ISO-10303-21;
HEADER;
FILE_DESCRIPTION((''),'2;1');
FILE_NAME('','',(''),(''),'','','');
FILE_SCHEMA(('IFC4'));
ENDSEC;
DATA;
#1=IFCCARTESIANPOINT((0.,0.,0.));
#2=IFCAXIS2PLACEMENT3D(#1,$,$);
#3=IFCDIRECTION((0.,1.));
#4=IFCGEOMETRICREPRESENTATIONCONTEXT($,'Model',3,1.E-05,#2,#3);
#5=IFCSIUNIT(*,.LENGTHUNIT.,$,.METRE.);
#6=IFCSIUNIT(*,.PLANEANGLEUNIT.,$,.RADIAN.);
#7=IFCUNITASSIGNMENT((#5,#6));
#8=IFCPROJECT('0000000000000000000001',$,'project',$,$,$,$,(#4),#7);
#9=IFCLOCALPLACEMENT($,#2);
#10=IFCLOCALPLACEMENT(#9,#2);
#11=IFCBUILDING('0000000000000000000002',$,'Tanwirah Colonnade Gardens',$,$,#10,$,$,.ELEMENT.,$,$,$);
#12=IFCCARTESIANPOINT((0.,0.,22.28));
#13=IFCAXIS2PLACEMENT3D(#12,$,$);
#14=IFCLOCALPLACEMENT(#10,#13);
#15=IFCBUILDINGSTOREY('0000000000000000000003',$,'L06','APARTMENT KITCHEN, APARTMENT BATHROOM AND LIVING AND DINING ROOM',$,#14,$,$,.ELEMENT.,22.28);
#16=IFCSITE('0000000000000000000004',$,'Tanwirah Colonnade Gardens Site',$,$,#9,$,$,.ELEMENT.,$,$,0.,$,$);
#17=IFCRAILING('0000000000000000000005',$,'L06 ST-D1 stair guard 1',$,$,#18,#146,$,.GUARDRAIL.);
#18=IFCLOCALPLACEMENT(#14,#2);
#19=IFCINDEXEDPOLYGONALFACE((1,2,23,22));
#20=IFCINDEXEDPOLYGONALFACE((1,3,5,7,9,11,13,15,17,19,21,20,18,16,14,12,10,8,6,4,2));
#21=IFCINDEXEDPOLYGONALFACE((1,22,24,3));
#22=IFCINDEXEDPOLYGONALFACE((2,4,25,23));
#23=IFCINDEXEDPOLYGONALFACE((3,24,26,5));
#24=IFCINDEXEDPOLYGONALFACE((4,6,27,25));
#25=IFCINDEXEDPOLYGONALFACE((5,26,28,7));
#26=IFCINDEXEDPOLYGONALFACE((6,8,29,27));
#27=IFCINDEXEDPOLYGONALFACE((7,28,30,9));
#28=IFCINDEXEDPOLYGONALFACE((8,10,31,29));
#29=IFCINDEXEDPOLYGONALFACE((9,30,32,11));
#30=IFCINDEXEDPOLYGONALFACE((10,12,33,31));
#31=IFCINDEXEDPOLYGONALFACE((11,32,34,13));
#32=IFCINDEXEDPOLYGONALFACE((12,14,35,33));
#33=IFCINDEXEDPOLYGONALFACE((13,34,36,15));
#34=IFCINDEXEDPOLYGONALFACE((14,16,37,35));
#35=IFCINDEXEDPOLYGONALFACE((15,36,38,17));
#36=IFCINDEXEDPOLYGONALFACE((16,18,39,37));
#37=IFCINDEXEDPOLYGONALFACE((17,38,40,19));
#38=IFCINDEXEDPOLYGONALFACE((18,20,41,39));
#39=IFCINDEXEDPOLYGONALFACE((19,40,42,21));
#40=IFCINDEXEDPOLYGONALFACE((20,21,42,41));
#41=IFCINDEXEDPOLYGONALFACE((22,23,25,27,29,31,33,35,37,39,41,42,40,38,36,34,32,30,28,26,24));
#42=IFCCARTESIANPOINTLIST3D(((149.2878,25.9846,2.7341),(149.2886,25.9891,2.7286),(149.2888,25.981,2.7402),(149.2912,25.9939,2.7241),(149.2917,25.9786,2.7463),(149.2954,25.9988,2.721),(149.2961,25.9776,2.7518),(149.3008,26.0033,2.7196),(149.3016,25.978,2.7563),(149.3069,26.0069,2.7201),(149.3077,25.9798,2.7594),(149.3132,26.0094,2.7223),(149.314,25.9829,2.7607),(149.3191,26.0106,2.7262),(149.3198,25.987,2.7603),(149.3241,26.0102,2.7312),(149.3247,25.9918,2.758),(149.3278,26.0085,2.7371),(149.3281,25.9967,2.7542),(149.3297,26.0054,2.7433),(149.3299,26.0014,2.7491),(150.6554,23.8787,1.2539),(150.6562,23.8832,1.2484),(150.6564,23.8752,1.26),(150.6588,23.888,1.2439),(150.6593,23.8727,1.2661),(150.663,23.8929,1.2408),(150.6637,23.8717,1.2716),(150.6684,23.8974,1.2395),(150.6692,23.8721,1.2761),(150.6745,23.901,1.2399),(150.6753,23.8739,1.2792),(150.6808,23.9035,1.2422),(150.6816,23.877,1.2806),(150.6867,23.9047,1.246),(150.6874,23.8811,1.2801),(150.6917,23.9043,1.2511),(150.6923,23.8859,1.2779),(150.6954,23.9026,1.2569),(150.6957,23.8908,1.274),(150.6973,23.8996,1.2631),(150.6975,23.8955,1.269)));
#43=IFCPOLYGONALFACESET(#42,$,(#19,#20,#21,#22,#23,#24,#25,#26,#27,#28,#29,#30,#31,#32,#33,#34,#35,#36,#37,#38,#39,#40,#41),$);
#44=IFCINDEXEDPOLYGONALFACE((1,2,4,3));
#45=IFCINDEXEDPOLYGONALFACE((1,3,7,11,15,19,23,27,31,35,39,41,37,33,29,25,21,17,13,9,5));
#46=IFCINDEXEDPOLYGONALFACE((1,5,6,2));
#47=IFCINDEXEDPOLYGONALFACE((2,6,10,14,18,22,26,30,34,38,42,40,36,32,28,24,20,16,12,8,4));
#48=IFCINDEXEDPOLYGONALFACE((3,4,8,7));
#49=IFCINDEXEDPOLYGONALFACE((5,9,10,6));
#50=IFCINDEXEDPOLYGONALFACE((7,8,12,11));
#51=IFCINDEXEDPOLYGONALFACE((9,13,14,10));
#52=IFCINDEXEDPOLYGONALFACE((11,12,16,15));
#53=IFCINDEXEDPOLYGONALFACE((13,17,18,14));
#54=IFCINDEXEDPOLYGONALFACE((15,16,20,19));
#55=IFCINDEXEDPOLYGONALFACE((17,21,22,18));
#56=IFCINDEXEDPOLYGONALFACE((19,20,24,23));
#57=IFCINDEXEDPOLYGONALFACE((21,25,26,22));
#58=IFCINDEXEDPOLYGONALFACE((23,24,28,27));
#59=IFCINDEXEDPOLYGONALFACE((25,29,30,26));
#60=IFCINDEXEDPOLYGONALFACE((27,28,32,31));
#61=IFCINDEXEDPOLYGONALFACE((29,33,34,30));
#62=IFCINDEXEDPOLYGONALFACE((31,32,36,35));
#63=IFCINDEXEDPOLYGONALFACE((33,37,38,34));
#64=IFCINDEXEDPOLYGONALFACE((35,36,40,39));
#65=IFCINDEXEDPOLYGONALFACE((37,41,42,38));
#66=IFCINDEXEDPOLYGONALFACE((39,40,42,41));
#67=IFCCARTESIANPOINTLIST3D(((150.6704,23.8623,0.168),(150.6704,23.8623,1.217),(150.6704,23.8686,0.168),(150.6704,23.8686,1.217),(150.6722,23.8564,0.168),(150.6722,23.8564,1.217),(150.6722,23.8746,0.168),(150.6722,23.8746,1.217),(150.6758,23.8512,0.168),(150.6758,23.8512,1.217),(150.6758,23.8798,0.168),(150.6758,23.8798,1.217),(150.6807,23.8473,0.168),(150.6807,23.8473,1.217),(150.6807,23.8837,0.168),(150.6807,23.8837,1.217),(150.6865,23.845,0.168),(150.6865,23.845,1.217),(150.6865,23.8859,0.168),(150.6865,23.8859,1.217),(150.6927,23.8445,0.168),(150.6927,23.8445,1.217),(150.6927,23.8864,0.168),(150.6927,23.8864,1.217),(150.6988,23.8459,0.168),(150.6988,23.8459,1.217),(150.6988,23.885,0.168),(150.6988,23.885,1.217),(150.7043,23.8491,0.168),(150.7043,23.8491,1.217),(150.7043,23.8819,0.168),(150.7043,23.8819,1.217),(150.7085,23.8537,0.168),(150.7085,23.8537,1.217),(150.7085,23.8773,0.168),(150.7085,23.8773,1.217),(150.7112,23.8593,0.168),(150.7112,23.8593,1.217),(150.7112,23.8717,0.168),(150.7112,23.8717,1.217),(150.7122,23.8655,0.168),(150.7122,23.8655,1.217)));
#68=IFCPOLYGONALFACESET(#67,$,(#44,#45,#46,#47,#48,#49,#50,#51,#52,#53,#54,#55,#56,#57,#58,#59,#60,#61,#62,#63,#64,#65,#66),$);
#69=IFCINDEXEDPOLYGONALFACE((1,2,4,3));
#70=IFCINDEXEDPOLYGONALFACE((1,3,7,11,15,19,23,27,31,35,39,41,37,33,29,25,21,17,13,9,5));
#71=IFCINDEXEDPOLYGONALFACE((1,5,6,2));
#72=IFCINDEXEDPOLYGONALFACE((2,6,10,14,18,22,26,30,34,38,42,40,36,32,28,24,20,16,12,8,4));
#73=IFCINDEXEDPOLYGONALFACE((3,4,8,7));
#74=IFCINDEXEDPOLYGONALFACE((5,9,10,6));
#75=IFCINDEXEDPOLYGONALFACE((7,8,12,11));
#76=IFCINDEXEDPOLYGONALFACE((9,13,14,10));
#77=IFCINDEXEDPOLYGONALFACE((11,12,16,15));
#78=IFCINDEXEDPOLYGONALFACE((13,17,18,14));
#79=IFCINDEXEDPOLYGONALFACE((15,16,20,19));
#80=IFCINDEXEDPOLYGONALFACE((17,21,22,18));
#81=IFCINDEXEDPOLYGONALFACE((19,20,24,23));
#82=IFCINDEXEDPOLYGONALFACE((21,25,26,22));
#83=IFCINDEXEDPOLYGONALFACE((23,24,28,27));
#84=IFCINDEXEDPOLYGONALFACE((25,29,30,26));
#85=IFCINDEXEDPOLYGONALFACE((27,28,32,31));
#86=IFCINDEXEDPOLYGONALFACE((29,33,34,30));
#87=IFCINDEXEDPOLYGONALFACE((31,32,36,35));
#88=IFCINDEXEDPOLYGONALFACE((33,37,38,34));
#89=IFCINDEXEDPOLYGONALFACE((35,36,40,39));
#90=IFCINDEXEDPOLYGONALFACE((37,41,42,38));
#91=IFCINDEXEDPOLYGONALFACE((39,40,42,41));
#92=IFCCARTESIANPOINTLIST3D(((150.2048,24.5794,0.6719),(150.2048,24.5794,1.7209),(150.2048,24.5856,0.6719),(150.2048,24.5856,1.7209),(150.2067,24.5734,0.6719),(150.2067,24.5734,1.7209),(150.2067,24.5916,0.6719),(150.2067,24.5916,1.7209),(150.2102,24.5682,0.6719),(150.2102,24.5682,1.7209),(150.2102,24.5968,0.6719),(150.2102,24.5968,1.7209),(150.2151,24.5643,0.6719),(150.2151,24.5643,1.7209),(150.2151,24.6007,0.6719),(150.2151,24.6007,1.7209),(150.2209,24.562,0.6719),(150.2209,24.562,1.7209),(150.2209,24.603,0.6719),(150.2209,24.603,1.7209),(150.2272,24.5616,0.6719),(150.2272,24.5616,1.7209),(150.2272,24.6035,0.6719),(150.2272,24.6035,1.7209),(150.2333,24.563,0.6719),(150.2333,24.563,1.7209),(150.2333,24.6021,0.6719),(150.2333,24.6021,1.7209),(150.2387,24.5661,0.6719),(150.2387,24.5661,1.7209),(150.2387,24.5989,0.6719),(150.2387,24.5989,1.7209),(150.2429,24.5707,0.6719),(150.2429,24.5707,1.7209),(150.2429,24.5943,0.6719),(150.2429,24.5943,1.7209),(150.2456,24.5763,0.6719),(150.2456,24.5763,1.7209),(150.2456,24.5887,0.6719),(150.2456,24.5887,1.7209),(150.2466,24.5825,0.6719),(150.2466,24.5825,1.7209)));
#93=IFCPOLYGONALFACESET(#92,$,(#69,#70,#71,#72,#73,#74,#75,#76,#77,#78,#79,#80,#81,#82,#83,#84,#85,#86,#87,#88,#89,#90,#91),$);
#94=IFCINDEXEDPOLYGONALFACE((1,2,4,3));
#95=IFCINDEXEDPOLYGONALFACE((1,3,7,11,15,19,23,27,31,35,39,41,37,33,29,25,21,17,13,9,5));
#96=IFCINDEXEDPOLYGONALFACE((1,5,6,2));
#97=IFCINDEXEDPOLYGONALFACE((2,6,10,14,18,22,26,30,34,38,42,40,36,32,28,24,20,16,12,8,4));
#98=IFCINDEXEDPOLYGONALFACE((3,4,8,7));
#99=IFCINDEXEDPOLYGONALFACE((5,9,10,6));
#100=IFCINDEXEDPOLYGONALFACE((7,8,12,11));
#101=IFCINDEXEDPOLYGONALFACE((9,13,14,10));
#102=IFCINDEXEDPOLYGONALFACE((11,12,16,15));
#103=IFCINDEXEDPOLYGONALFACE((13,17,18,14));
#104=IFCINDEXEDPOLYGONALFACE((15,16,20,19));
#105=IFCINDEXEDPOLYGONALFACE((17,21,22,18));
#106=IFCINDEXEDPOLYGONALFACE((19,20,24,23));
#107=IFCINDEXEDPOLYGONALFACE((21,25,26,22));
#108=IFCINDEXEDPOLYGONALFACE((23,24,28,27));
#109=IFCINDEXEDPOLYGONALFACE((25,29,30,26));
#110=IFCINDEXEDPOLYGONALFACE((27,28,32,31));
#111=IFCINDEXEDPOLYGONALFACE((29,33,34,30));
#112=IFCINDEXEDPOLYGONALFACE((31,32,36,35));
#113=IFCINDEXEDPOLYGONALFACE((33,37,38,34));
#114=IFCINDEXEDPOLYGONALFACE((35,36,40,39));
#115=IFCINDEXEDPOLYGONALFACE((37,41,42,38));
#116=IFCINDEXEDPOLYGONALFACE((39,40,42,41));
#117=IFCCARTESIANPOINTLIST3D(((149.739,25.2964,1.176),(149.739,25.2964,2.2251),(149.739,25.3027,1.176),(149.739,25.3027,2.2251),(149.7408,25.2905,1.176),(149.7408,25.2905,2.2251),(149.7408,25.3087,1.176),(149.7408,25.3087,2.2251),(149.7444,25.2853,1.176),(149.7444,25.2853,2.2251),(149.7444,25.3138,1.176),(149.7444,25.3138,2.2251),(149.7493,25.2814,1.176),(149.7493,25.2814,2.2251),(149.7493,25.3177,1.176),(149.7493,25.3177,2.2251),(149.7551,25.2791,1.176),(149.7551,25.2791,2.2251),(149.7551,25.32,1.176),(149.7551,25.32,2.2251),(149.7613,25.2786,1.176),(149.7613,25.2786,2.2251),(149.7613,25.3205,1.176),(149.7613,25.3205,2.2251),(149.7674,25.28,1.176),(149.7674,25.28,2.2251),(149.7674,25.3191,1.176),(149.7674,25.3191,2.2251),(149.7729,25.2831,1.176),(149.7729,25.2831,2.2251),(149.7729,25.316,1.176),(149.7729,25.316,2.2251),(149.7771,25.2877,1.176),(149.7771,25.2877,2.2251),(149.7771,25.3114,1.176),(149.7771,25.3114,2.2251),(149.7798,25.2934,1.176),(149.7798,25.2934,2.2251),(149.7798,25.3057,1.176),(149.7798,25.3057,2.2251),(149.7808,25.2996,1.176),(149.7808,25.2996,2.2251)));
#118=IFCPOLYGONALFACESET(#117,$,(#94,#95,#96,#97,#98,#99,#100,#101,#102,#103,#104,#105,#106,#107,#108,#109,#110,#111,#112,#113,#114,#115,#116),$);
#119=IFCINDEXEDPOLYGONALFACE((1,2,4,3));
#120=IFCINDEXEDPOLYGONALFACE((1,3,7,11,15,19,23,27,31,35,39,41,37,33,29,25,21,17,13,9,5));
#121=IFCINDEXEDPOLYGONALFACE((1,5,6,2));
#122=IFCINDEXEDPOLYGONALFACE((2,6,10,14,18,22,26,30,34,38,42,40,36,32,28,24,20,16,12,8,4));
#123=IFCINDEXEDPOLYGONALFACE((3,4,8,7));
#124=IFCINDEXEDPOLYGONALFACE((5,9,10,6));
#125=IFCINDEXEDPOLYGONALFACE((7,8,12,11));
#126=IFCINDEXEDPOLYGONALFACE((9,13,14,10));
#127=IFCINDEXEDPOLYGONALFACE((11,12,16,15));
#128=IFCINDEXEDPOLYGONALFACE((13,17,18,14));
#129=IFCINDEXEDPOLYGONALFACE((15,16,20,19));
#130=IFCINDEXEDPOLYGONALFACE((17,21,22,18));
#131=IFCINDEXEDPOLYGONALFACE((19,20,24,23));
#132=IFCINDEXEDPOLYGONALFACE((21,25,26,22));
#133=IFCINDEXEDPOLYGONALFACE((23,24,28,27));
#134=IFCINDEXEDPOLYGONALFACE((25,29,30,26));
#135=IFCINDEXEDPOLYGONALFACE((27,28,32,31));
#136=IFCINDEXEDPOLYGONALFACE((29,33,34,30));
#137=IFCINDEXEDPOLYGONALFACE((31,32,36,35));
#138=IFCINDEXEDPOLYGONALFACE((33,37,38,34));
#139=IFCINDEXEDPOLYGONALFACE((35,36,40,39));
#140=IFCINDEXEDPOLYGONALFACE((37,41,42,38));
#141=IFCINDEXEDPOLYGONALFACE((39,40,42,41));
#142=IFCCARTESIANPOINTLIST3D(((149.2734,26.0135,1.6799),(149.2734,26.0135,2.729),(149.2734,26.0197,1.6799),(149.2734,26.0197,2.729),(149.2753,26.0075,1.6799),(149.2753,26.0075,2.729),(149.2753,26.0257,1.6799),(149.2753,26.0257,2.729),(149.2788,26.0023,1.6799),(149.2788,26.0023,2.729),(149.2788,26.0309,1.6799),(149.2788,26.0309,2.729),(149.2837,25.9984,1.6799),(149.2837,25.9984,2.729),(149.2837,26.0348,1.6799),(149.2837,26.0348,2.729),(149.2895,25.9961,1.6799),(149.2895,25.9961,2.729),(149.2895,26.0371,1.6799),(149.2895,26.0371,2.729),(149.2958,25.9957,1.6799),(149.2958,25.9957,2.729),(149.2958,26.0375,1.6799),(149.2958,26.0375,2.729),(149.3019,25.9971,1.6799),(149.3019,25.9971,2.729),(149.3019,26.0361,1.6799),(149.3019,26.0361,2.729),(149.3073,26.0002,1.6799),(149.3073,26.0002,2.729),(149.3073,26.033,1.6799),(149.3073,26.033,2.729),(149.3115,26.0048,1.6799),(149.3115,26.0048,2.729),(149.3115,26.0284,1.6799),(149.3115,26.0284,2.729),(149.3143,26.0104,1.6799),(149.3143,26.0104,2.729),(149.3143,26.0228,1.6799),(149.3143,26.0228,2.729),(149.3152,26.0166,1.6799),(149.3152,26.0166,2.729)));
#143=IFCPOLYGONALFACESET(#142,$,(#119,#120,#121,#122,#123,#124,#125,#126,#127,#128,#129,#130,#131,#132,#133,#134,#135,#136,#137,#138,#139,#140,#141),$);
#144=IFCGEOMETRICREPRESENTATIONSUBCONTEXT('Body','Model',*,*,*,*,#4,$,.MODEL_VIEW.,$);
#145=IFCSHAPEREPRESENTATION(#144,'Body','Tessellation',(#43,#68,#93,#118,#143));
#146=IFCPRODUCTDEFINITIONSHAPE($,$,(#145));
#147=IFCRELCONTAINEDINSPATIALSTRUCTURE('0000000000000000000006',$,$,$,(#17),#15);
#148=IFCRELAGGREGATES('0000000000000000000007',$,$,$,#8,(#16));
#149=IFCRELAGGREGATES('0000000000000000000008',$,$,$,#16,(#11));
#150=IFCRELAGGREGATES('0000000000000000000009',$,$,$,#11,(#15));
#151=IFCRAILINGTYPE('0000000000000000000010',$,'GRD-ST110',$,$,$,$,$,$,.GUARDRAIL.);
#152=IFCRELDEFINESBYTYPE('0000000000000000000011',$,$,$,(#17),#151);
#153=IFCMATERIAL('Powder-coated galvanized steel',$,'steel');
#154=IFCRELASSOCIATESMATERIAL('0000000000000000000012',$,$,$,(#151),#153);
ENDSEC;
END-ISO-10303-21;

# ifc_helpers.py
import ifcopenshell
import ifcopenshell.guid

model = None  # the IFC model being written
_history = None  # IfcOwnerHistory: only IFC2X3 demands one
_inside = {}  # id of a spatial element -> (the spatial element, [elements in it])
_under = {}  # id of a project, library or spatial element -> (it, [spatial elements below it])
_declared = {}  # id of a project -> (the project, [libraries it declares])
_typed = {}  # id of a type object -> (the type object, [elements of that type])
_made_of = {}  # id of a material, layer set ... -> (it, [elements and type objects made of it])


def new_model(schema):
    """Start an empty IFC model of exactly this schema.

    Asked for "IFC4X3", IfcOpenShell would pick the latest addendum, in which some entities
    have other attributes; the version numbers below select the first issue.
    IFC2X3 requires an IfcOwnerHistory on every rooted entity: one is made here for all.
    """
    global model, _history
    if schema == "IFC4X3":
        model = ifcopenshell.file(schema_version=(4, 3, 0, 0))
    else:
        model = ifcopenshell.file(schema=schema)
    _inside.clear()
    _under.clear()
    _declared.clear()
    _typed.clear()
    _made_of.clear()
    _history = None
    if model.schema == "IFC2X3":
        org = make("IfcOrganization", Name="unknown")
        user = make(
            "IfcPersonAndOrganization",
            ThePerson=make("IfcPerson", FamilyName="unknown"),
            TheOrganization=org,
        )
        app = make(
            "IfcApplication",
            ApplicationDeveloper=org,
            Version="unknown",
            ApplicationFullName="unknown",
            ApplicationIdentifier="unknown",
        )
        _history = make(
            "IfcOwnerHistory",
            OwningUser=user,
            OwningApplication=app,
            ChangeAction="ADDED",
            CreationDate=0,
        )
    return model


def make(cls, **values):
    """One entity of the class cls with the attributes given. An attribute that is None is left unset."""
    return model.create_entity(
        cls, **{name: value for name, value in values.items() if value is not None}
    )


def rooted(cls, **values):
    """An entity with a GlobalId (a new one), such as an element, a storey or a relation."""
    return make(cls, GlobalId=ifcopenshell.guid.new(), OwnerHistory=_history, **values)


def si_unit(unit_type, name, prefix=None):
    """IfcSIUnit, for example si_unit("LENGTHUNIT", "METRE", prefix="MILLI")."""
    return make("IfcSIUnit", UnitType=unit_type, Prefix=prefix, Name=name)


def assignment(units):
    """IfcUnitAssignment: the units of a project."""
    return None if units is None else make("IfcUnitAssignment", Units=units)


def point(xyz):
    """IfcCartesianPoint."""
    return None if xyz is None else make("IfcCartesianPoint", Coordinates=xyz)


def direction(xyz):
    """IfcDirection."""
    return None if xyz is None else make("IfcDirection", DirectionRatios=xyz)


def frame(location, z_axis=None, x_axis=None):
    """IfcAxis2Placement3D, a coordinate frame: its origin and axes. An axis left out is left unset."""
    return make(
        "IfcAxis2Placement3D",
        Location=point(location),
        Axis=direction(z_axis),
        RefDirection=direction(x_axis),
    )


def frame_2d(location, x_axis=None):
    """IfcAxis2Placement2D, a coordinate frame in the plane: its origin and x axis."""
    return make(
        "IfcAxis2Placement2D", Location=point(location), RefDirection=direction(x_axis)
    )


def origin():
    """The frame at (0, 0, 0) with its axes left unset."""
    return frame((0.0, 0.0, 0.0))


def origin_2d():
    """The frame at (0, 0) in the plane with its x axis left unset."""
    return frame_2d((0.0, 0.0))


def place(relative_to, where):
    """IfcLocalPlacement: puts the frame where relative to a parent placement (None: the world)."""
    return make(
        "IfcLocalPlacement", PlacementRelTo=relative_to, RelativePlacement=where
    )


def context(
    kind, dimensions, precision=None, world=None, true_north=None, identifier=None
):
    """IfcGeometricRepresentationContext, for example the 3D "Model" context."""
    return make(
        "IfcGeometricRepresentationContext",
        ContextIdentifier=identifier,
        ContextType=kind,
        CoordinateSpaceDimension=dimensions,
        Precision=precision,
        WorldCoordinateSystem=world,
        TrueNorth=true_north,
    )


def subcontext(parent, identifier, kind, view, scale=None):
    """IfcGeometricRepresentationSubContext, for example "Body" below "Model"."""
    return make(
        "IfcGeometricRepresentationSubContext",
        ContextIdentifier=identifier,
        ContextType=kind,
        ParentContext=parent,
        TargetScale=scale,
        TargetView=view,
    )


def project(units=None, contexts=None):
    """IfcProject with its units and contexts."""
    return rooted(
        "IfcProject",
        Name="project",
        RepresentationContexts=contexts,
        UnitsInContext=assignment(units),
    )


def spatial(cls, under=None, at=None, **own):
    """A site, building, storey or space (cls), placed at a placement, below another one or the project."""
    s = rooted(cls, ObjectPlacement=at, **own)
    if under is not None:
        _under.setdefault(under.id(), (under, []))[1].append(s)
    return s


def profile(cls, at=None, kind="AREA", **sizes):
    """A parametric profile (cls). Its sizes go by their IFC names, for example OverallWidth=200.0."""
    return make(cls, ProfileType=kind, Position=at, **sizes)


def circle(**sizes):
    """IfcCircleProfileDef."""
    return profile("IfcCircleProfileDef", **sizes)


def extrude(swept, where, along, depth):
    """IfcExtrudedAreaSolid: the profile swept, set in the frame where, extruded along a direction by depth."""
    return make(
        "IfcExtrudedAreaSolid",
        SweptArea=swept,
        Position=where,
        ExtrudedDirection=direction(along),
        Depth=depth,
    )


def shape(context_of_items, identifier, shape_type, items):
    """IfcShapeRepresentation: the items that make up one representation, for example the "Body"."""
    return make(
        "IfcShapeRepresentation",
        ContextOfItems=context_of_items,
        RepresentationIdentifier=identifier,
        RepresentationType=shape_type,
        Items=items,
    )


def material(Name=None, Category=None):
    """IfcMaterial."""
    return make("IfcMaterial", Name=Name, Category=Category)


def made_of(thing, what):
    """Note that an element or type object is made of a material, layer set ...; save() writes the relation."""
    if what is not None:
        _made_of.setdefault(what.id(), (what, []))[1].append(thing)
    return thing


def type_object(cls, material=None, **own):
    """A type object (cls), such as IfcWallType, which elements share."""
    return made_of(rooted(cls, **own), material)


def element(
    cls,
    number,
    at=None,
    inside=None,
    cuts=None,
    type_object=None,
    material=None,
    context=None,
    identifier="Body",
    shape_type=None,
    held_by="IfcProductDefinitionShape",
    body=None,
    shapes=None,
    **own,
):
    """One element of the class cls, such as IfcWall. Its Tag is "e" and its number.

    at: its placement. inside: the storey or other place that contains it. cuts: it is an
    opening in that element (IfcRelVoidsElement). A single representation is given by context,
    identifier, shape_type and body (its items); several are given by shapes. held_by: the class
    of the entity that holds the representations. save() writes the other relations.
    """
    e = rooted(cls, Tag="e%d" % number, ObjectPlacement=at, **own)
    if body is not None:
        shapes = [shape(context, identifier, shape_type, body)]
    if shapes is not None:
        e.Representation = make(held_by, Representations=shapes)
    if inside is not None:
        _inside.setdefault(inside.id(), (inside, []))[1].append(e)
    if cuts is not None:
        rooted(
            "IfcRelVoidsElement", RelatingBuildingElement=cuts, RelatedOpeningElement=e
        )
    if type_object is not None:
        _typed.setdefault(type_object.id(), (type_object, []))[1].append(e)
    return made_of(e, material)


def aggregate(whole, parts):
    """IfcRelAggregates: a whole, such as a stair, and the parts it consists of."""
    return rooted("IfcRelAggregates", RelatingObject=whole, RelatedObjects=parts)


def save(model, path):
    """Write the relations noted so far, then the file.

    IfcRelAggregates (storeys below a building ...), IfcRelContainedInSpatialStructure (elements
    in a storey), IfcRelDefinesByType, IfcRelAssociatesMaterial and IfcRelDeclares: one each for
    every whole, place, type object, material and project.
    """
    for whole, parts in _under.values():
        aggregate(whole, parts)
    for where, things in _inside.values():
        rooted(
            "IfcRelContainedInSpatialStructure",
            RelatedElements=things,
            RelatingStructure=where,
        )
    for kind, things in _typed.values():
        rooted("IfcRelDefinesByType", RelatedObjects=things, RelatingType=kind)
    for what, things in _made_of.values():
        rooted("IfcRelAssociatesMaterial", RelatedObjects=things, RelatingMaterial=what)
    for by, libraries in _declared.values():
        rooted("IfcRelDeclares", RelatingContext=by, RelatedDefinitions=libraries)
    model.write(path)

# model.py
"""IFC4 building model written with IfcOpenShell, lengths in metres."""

from ifc_helpers import new_model, si_unit, direction, frame, origin, origin_2d, place, context, subcontext, project, spatial, circle, extrude, material, type_object, element, save


model = new_model("IFC4")

# Units and contexts
model_context = context("Model", 3, precision=1e-05, world=origin(), true_north=direction((0.0, 1.0)))
body_context = subcontext(model_context, "Body", "Model", "MODEL_VIEW")
ifc_project = project(units=[si_unit("LENGTHUNIT", "METRE"), si_unit("PLANEANGLEUNIT", "RADIAN")], contexts=[model_context])

# Site, building, storey
site_placement = place(None, origin())
site = spatial("IfcSite", under=ifc_project, at=site_placement, Name="Tanwirah Colonnade Gardens Site", CompositionType="ELEMENT", RefElevation=0.0)
building_placement = place(site_placement, origin())
building = spatial("IfcBuilding", under=site, at=building_placement, Name="Tanwirah Colonnade Gardens", CompositionType="ELEMENT")
storey_placement = place(building_placement, frame((0.0, 0.0, 22.28)))
storey = spatial("IfcBuildingStorey", under=building, at=storey_placement, Name="L06", Description="APARTMENT KITCHEN, APARTMENT BATHROOM AND LIVING AND DINING ROOM", CompositionType="ELEMENT", Elevation=22.28)

# Railing
ifc_material_1 = material(Name="Powder-coated galvanized steel", Category="steel")
railing_type_1 = type_object("IfcRailingType", Name="GRD-ST110", PredefinedType="GUARDRAIL", material=ifc_material_1)
railing_1_placement = place(storey_placement, frame((150.6912, 23.8655, 0.168)))
element("IfcRailing", 1, at=railing_1_placement, inside=storey, type_object=railing_type_1, Name="L06 ST-D1 stair guard 1", PredefinedType="GUARDRAIL", context=body_context, shape_type="SweptSolid", body=[
    extrude(circle(Radius=0.0239, at=origin_2d()), frame((-0.0146, 0.0227, 1.092), z_axis=(-0.469193, 0.722484, 0.507814), x_axis=(-0.838668, -0.544644, 0.0)), (0.0, 0.0, 1.0), 2.9148),
    extrude(circle(Radius=0.021, at=origin_2d()), origin(), (0.0, 0.0, 1.0), 1.0491),
    extrude(circle(Radius=0.021, at=origin_2d()), frame((-0.4656, 0.717, 0.5039)), (0.0, 0.0, 1.0), 1.0491),
    extrude(circle(Radius=0.021, at=origin_2d()), frame((-0.9314, 1.4341, 1.0081)), (0.0, 0.0, 1.0), 1.0491),
    extrude(circle(Radius=0.021, at=origin_2d()), frame((-1.397, 2.1511, 1.512)), (0.0, 0.0, 1.0), 1.0491),
])

save(model, "model.ifc")
